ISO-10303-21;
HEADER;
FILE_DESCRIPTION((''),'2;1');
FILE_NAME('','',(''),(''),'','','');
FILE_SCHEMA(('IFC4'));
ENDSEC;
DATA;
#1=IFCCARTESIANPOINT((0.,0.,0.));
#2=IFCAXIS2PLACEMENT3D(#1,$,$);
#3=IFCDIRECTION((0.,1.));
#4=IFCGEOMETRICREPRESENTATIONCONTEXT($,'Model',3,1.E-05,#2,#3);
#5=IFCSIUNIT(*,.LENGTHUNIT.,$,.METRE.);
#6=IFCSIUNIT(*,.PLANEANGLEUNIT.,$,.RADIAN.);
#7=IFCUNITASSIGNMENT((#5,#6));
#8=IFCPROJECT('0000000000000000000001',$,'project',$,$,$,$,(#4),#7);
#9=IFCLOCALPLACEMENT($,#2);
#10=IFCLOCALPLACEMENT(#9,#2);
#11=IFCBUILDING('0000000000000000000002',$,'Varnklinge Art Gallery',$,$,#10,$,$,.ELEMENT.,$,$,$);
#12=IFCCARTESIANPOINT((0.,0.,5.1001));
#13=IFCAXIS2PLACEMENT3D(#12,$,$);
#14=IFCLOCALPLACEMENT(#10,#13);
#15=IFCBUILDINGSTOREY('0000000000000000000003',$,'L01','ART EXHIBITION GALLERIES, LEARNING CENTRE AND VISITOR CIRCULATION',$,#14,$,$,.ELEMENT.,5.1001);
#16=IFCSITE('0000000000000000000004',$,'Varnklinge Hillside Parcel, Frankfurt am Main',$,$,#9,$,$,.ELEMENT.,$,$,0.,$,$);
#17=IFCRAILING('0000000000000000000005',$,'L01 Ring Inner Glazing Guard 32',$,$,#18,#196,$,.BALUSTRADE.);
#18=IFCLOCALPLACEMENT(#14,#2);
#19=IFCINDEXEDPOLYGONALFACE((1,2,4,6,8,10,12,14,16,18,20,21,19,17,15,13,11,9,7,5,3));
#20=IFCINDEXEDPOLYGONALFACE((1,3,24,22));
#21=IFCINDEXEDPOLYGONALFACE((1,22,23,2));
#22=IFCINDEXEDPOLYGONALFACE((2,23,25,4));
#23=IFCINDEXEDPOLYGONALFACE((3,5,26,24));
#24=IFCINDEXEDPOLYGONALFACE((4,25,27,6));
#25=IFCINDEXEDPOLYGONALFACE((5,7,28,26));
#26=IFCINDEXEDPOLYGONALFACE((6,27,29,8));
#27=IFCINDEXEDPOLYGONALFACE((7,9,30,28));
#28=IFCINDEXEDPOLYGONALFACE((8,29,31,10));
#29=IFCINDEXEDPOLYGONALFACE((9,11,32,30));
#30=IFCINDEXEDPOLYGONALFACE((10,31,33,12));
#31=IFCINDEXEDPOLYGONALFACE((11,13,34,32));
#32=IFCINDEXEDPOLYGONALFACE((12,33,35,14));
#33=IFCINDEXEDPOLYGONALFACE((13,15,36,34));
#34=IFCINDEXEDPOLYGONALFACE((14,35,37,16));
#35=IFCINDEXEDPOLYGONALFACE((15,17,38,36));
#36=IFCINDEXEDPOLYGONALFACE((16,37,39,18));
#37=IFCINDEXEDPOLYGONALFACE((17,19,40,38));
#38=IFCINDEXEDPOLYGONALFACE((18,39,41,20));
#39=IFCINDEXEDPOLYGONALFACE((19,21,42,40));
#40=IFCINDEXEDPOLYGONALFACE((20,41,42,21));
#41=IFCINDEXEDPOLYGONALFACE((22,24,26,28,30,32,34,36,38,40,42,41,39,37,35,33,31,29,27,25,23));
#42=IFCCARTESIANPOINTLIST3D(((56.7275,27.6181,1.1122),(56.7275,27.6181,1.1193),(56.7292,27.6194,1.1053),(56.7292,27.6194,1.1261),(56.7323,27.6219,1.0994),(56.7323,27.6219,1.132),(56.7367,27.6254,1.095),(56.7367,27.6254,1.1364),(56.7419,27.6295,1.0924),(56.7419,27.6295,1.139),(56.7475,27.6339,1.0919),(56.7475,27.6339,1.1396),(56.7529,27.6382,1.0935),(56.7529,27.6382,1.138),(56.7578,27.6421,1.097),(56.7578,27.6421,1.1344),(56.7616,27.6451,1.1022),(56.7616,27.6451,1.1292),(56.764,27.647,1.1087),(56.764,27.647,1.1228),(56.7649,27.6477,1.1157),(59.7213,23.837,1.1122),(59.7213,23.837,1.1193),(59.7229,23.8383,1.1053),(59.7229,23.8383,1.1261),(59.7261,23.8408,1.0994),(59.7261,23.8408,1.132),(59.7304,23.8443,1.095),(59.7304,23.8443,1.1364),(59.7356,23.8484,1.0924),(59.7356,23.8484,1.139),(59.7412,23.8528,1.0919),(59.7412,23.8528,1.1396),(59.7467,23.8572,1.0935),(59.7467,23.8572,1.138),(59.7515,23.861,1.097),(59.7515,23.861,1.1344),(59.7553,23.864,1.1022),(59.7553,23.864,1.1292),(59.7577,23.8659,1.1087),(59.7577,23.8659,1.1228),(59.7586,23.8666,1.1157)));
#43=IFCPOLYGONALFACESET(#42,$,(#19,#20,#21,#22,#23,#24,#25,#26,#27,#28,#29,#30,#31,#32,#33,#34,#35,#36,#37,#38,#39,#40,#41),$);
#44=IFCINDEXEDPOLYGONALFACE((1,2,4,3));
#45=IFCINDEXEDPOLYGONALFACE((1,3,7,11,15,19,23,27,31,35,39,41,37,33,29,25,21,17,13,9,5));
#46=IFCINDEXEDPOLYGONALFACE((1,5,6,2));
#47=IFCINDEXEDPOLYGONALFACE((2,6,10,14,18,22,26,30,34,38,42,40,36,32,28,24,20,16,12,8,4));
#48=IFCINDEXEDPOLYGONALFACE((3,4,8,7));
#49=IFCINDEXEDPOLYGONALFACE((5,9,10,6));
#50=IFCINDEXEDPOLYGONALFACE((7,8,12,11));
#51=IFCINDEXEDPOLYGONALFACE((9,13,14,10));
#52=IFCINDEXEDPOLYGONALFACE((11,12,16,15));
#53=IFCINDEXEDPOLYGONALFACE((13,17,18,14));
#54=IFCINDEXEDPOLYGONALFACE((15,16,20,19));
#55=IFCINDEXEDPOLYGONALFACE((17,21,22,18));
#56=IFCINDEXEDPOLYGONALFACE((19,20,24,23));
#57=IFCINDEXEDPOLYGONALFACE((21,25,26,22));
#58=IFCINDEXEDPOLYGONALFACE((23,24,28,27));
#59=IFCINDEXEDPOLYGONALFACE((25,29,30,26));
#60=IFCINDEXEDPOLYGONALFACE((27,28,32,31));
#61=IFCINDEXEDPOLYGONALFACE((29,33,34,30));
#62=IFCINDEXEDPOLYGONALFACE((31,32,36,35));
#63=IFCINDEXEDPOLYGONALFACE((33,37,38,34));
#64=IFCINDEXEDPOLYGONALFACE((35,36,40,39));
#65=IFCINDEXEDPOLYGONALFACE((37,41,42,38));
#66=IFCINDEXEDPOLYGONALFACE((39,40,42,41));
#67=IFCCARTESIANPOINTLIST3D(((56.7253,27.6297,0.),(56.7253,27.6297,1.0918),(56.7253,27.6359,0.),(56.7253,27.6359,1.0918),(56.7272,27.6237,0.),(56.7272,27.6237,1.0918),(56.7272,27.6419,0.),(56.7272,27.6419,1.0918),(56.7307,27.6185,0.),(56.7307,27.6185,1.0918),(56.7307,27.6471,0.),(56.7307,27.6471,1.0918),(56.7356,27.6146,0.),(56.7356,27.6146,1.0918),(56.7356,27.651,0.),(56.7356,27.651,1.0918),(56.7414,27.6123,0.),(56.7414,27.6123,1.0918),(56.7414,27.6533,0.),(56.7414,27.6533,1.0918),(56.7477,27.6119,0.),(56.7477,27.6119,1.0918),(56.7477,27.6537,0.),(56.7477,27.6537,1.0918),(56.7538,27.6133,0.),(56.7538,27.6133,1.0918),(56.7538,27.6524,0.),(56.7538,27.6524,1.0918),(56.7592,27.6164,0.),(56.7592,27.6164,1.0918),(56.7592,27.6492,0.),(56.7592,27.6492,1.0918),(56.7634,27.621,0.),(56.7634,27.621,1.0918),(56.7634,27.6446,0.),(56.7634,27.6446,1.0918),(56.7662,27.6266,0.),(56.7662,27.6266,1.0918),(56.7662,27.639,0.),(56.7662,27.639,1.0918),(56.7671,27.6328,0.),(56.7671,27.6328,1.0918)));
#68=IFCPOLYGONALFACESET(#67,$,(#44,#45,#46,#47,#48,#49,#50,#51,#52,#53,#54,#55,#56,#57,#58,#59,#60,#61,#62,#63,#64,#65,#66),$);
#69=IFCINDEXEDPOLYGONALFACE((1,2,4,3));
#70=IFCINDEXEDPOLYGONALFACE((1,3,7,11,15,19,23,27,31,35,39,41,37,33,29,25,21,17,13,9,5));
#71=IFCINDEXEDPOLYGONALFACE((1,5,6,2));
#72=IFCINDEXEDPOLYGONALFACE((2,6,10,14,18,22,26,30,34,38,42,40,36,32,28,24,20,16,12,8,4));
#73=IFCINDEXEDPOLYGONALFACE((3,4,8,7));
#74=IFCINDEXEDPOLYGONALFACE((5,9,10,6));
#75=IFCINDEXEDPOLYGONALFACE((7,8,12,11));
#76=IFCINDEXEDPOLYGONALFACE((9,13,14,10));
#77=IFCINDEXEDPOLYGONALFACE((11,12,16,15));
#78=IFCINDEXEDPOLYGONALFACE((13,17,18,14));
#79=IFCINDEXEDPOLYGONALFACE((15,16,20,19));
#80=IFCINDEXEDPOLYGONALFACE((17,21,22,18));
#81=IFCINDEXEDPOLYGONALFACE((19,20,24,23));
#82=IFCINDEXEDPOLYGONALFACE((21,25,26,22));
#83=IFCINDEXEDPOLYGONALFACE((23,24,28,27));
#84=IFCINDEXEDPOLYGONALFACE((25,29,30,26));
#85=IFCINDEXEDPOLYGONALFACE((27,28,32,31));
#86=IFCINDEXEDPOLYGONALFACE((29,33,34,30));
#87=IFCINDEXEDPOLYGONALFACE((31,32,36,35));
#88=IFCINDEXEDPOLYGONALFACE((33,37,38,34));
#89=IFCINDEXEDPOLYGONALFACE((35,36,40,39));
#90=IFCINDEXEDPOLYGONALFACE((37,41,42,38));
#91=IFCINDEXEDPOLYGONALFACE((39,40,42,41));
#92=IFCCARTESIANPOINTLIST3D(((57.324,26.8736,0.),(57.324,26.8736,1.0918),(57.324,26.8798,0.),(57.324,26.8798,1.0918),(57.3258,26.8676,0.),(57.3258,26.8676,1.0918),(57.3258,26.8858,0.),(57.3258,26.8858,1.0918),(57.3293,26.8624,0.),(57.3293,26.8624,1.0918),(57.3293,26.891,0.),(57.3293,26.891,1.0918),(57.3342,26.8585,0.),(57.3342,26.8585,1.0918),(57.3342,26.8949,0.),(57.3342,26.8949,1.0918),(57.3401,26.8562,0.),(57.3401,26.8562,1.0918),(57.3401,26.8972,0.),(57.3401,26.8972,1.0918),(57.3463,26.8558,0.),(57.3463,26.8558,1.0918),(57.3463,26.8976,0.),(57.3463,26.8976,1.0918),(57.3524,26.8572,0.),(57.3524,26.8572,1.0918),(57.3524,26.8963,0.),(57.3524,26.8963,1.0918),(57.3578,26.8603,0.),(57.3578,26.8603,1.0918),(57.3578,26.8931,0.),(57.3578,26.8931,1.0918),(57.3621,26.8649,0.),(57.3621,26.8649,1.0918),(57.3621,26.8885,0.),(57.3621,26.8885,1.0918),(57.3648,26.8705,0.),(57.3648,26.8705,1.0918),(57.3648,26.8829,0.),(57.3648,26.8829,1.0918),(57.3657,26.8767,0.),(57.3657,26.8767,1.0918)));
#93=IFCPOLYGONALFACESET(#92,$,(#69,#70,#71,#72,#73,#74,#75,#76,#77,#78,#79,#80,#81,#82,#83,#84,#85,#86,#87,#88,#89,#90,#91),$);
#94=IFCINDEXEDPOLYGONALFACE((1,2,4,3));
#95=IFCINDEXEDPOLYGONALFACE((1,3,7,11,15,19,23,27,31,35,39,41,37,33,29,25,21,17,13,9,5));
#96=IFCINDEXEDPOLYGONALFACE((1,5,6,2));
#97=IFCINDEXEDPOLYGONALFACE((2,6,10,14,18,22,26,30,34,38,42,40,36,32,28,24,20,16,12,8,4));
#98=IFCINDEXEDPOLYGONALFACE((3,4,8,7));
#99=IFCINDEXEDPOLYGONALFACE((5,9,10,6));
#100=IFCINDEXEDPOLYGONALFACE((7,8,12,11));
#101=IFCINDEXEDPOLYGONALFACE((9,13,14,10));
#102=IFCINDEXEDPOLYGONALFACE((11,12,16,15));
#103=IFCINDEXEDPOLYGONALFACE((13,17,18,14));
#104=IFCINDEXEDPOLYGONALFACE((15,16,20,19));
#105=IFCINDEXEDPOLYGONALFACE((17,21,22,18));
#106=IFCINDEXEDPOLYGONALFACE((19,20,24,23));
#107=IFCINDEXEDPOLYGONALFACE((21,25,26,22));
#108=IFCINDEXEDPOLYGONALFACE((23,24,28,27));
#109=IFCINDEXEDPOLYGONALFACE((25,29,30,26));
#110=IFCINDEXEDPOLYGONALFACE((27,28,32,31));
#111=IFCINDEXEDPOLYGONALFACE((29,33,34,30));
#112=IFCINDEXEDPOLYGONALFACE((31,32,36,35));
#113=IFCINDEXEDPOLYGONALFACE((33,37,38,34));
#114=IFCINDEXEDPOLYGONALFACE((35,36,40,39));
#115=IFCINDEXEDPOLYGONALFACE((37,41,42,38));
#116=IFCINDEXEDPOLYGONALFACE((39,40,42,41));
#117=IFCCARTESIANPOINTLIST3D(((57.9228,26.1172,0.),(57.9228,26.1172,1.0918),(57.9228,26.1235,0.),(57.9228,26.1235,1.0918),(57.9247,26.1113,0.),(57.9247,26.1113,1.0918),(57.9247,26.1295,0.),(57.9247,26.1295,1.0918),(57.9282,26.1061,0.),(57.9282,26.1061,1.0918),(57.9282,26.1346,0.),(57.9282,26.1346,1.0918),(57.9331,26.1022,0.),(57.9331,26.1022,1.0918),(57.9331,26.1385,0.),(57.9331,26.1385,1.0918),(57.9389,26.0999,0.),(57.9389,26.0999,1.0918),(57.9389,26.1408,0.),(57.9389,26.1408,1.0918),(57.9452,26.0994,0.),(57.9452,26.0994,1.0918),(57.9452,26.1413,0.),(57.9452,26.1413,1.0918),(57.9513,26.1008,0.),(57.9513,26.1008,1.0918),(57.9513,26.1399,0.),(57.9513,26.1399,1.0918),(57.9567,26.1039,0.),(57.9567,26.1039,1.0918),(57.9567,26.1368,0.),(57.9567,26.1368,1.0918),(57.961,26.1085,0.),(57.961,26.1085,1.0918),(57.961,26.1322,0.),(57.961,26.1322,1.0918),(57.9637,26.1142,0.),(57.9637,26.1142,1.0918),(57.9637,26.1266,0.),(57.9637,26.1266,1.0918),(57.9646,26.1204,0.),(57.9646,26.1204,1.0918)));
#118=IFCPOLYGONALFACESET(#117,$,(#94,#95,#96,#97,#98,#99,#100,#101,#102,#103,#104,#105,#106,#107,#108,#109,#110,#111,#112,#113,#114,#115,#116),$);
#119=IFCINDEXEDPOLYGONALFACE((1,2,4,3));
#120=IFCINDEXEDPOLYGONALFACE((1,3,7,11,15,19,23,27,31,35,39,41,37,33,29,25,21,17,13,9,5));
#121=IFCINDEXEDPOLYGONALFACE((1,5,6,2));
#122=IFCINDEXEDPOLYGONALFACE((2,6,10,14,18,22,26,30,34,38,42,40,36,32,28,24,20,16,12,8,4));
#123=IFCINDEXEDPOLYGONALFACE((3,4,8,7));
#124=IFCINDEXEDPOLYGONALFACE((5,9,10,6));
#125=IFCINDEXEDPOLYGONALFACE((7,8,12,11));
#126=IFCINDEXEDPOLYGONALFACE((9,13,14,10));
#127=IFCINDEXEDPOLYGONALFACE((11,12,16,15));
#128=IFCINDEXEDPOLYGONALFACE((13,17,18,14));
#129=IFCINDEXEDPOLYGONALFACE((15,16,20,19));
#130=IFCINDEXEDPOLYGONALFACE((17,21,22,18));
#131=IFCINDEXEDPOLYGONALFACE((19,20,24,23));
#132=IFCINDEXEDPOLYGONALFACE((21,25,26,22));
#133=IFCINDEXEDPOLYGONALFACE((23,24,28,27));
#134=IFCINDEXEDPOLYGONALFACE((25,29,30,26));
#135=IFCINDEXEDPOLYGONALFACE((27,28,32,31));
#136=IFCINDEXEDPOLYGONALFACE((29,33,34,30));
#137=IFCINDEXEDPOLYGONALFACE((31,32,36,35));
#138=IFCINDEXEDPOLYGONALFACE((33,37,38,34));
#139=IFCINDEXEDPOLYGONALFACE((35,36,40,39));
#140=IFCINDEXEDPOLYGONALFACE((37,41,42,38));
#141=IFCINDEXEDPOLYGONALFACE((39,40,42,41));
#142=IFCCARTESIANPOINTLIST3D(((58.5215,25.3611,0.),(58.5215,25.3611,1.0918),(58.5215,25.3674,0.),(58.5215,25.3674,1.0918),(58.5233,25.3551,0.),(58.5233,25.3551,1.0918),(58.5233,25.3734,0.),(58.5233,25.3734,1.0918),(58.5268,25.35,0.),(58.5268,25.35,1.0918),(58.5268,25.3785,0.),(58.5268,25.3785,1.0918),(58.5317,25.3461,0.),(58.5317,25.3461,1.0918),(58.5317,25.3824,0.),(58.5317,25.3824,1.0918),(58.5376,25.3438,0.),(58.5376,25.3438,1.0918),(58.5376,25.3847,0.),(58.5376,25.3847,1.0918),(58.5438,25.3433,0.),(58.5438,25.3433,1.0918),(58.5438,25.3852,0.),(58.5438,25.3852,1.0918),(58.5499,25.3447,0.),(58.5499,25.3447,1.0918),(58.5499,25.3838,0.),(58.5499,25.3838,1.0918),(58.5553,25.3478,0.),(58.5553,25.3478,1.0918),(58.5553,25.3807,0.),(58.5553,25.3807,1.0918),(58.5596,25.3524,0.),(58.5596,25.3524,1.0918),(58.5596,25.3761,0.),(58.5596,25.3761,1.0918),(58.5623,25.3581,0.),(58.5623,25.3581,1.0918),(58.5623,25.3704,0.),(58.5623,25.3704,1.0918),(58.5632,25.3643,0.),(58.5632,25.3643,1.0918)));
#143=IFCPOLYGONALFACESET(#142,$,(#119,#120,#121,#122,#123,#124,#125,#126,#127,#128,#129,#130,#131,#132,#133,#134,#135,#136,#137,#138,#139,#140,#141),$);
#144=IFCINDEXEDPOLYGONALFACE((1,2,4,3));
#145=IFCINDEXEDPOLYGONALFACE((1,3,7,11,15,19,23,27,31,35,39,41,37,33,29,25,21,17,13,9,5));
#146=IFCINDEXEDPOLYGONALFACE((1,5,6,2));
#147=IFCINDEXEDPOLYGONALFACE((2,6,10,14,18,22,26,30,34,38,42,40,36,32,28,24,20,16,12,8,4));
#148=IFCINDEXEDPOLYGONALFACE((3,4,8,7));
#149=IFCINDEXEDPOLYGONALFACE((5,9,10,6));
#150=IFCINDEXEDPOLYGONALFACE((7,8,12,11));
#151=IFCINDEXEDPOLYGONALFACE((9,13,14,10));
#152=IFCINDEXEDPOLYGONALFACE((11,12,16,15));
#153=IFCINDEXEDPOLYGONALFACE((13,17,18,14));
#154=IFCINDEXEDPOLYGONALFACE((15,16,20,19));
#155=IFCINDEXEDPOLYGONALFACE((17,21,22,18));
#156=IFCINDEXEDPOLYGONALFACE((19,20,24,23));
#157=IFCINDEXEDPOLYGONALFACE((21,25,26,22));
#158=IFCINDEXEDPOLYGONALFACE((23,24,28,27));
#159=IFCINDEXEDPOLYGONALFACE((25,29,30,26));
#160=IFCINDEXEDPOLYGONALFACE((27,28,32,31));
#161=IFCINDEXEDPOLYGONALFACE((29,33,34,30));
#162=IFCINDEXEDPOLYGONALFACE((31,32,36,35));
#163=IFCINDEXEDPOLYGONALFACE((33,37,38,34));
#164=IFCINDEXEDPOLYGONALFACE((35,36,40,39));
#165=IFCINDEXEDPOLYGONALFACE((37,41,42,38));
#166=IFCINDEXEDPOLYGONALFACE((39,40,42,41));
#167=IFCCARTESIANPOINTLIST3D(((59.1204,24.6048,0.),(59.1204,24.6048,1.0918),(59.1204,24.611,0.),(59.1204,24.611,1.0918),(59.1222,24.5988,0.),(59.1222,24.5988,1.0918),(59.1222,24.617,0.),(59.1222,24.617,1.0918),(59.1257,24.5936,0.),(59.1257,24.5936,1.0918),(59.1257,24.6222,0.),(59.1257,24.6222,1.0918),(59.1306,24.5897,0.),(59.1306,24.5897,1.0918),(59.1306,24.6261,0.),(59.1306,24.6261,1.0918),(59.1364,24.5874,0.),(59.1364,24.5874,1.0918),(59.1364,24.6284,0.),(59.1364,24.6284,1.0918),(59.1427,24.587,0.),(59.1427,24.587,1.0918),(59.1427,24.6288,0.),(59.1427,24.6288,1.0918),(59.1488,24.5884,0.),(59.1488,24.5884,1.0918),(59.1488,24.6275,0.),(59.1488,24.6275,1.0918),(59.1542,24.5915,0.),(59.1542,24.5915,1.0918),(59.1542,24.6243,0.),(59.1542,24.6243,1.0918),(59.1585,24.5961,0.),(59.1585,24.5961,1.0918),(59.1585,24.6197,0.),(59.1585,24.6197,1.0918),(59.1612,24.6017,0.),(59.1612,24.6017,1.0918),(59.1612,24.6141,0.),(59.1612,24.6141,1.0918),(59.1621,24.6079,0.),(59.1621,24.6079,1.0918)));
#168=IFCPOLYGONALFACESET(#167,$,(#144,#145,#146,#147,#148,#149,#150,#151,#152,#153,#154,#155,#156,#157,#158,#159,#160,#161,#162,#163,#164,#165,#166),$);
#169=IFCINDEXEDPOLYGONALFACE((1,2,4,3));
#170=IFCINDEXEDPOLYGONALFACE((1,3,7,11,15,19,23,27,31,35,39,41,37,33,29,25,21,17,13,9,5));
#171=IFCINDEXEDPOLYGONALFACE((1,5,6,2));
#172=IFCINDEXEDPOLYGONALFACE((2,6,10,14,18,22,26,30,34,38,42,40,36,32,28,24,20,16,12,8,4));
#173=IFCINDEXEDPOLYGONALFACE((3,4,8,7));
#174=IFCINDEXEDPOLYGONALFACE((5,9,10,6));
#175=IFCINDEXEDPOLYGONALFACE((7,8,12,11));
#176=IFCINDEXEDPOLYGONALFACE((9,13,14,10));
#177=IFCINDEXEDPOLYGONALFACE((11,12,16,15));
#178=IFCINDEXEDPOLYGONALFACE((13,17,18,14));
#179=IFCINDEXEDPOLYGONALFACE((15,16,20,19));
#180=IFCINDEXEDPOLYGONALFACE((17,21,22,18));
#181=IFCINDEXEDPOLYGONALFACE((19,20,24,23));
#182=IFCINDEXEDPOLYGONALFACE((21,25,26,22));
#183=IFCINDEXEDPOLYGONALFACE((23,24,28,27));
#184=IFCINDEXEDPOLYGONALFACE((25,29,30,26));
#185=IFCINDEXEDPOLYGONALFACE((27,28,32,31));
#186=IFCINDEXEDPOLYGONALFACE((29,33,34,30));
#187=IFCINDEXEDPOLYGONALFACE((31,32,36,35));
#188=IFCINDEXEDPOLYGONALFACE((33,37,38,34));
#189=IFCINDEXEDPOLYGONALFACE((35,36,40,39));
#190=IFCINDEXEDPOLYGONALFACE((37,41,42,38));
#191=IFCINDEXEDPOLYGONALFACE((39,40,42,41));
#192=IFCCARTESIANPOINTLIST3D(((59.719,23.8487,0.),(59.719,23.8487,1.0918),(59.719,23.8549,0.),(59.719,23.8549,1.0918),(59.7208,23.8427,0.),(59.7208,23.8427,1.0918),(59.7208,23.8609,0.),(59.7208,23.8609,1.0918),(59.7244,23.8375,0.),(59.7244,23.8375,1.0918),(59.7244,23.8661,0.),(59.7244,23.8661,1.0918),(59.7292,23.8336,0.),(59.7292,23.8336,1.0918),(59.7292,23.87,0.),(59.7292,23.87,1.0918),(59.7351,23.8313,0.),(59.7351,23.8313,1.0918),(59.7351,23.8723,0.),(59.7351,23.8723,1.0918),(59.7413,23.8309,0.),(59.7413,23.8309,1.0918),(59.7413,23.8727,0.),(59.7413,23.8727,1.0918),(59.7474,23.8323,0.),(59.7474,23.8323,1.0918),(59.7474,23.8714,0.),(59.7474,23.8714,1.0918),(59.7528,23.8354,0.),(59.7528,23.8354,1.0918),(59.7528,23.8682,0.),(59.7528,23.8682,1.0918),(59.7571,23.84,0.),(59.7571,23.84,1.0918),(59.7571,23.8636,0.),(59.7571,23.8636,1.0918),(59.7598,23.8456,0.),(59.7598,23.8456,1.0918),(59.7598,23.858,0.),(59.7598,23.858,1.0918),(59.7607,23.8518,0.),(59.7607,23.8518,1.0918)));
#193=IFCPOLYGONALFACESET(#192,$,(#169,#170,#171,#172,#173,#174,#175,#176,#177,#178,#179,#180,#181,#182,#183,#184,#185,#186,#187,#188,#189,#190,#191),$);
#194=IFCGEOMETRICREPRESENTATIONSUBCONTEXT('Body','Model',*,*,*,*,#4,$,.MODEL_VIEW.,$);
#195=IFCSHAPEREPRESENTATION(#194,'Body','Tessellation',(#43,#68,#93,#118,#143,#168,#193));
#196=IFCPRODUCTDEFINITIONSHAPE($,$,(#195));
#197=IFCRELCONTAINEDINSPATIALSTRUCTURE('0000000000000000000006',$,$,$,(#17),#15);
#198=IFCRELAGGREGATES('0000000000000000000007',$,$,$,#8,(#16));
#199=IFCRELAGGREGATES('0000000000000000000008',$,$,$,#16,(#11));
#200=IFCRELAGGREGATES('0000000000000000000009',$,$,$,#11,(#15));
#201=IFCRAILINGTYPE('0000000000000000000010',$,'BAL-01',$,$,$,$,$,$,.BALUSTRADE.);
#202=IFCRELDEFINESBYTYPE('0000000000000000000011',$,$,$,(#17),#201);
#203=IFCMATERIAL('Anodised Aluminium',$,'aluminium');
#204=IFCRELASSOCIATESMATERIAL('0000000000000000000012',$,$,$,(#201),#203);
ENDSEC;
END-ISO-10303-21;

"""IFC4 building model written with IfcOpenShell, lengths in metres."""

from ifc_helpers import new_model, si_unit, direction, frame, origin, origin_2d, place, context, subcontext, project, spatial, circle, extrude, material, type_object, element, save


model = new_model("IFC4")

# Units and contexts
model_context = context("Model", 3, precision=1e-05, world=origin(), true_north=direction((0.0, 1.0)))
body_context = subcontext(model_context, "Body", "Model", "MODEL_VIEW")
ifc_project = project(units=[si_unit("LENGTHUNIT", "METRE"), si_unit("PLANEANGLEUNIT", "RADIAN")], contexts=[model_context])

# Site, building, storey
site_placement = place(None, origin())
site = spatial("IfcSite", under=ifc_project, at=site_placement, Name="Varnklinge Hillside Parcel, Frankfurt am Main", CompositionType="ELEMENT", RefElevation=0.0)
building_placement = place(site_placement, origin())
building = spatial("IfcBuilding", under=site, at=building_placement, Name="Varnklinge Art Gallery", CompositionType="ELEMENT")
storey_placement = place(building_placement, frame((0.0, 0.0, 5.1001)))
storey = spatial("IfcBuildingStorey", under=building, at=storey_placement, Name="L01", Description="ART EXHIBITION GALLERIES, LEARNING CENTRE AND VISITOR CIRCULATION", CompositionType="ELEMENT", Elevation=5.1001)

# Railing
ifc_material_1 = material(Name="Anodised Aluminium", Category="aluminium")
railing_type = type_object("IfcRailingType", Name="BAL-01", PredefinedType="BALUSTRADE", material=ifc_material_1)
railing_placement = place(storey_placement, frame((56.7461, 27.6328, 0.0)))
element("IfcRailing", 1, at=railing_placement, inside=storey, type_object=railing_type, Name="L01 Ring Inner Glazing Guard 32", PredefinedType="BALUSTRADE", context=body_context, shape_type="SweptSolid", body=[
    extrude(circle(Radius=0.0239, at=origin_2d()), frame((0.0, 0.0, 1.1157), z_axis=(0.620748, -0.78401, 0.0), x_axis=(0.78401, 0.620748, 0.0)), (0.0, 0.0, 1.0), 4.8228),
    extrude(circle(Radius=0.021, at=origin_2d()), origin(), (0.0, 0.0, 1.0), 1.0918),
    extrude(circle(Radius=0.021, at=origin_2d()), frame((0.5986, -0.7561, 0.0)), (0.0, 0.0, 1.0), 1.0918),
    extrude(circle(Radius=0.021, at=origin_2d()), frame((1.1975, -1.5125, 0.0)), (0.0, 0.0, 1.0), 1.0918),
    extrude(circle(Radius=0.021, at=origin_2d()), frame((1.7961, -2.2686, 0.0)), (0.0, 0.0, 1.0), 1.0918),
    extrude(circle(Radius=0.021, at=origin_2d()), frame((2.395, -3.0249, 0.0)), (0.0, 0.0, 1.0), 1.0918),
    extrude(circle(Radius=0.021, at=origin_2d()), frame((2.9937, -3.781, 0.0)), (0.0, 0.0, 1.0), 1.0918),
])

save(model, "model.ifc")
